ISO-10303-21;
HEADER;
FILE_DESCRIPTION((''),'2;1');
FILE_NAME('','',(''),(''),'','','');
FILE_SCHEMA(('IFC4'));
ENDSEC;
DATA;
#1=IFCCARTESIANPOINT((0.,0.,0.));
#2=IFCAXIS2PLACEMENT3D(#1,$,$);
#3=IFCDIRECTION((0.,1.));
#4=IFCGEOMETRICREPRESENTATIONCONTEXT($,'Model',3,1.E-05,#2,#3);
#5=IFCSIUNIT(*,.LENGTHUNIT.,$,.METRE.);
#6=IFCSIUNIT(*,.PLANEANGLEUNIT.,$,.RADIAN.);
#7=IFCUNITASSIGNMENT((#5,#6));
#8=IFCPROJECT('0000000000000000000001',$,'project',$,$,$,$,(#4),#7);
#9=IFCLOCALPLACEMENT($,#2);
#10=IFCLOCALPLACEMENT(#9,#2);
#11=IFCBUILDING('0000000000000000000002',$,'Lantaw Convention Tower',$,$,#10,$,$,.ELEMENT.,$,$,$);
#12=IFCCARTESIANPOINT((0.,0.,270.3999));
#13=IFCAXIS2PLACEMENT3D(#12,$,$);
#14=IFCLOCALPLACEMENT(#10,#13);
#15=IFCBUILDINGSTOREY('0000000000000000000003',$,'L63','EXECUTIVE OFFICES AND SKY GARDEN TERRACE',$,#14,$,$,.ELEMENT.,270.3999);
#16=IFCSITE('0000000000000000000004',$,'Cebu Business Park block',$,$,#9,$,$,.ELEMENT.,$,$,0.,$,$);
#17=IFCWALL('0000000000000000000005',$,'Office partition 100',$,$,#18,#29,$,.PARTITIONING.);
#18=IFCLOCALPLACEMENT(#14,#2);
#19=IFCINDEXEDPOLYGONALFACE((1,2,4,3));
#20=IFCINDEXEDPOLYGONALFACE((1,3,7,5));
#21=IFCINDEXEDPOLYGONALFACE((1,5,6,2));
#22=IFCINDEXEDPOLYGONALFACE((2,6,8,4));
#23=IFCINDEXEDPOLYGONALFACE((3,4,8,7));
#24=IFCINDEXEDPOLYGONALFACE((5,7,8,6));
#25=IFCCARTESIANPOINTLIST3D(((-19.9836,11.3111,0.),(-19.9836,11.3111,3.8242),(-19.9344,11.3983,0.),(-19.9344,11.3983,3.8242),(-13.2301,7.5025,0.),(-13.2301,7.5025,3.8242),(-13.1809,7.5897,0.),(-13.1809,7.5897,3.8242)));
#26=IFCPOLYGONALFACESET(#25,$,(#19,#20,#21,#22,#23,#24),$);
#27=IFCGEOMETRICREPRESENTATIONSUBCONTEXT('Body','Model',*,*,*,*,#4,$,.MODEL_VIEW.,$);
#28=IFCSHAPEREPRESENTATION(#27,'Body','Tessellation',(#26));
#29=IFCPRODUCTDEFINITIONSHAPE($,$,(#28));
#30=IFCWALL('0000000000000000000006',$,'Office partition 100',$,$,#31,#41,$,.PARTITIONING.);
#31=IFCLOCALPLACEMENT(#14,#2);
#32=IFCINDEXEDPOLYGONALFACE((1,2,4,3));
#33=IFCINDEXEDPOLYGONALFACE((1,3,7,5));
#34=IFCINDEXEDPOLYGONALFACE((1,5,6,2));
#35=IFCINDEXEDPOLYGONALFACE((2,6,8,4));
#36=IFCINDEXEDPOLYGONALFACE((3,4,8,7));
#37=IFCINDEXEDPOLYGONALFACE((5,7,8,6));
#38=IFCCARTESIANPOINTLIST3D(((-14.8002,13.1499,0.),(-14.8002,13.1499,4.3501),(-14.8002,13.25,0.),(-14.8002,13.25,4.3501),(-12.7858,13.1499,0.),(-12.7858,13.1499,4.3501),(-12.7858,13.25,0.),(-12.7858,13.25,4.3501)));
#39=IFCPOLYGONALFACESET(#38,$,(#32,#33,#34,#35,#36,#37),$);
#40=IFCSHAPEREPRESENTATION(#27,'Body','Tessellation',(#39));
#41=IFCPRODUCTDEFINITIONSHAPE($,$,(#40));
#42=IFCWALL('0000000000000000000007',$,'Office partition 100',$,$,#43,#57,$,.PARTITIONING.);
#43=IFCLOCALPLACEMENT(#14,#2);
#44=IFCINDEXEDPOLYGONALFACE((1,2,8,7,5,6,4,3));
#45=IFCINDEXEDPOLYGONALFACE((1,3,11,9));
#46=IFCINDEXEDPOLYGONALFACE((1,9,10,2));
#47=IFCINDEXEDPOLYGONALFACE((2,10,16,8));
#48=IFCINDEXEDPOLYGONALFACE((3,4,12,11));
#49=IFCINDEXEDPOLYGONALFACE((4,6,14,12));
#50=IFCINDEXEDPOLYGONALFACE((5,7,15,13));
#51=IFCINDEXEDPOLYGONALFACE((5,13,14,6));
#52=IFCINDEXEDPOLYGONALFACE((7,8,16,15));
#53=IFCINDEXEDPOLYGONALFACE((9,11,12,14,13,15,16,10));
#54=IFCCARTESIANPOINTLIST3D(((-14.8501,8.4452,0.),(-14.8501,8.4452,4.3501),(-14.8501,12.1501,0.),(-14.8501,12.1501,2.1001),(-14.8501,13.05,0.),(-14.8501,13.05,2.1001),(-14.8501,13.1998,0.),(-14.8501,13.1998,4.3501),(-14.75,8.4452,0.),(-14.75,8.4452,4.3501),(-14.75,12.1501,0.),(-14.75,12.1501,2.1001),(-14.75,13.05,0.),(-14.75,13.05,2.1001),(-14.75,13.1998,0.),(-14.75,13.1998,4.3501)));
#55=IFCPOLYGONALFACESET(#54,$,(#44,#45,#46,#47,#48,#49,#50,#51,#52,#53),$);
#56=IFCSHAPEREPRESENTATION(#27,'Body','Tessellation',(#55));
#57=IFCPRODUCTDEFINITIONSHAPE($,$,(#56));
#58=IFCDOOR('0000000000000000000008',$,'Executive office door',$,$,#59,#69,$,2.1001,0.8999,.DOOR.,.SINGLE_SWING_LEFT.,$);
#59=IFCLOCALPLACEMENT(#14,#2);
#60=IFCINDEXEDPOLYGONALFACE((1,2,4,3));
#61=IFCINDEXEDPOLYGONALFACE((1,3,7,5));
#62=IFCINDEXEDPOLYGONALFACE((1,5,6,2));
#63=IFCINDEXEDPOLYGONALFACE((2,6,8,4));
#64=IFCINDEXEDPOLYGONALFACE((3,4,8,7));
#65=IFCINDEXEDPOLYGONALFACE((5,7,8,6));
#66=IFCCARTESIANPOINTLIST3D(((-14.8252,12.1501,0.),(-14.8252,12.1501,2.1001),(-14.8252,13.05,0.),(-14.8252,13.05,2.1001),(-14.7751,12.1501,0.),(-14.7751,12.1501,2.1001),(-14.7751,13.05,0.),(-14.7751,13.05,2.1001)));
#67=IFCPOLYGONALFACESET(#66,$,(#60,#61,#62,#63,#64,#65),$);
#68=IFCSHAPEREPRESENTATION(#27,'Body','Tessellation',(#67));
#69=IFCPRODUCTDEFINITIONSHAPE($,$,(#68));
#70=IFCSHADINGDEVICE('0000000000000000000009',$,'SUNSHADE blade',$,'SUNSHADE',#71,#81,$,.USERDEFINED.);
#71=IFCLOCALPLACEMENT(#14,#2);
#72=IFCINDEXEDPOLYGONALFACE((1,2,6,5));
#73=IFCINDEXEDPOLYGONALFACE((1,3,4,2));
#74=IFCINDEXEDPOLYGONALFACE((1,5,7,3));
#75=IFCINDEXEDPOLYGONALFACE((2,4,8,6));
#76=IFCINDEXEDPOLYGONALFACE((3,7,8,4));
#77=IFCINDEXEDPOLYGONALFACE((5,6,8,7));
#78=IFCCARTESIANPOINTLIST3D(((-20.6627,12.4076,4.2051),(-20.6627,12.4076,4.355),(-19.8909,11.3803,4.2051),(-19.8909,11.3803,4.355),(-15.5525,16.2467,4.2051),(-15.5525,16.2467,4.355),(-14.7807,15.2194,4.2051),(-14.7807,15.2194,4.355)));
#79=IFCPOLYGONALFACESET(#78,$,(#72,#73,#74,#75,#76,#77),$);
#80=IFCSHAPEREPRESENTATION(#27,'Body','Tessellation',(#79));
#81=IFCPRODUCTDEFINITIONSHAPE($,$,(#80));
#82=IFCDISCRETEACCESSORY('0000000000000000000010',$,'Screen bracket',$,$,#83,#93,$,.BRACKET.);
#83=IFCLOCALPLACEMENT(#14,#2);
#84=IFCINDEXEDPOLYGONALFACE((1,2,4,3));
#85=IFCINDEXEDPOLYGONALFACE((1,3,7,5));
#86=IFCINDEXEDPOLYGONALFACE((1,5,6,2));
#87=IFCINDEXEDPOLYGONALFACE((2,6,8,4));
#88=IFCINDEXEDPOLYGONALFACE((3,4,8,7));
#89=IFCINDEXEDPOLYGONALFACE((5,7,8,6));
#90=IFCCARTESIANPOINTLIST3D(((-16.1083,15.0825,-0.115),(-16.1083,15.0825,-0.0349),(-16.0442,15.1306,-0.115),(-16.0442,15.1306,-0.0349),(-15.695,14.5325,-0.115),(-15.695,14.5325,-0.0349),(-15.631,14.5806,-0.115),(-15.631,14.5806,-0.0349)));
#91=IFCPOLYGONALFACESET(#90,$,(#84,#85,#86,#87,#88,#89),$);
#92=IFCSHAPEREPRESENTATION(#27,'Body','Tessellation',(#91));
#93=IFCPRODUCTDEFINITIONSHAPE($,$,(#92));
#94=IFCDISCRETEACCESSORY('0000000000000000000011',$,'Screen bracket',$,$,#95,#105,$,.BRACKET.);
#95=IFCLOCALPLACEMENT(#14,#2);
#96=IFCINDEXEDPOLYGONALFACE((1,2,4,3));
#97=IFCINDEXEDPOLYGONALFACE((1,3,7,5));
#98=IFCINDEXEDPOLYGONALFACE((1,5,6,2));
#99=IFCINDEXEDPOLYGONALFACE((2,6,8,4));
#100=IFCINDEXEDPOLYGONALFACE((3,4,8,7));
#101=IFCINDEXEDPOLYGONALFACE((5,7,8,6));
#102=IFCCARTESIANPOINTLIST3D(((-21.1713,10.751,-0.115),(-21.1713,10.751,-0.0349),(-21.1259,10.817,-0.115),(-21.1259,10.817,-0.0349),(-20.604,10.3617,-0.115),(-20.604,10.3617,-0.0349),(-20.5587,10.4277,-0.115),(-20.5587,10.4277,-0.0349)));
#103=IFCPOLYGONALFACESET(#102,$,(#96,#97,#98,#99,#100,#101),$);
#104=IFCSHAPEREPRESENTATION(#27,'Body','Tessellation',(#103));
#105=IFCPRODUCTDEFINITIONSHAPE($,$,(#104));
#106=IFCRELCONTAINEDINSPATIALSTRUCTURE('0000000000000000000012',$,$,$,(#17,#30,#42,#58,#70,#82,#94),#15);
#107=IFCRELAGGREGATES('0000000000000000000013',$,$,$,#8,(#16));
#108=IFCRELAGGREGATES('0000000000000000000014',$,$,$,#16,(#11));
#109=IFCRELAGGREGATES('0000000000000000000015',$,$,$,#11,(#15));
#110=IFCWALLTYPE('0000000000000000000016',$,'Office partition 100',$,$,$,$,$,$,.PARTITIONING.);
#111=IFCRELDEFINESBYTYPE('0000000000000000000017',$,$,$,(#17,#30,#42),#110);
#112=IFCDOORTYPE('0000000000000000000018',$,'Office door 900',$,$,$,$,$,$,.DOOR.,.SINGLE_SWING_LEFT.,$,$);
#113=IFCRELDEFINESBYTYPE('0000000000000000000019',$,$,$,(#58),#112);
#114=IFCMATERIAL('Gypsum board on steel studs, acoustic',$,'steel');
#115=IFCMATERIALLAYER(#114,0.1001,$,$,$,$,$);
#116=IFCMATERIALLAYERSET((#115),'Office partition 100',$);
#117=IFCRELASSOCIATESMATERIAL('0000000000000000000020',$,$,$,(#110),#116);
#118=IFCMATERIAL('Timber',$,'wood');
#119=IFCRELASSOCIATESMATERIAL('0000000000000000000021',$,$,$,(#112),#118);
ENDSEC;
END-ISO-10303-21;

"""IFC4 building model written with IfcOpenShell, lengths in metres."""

from ifc_helpers import new_model, si_unit, direction, frame, frame_2d, origin, origin_2d, place, context, subcontext, project, spatial, rectangle, extrude, material, layer, layer_set, type_object, element, fill, save


model = new_model("IFC4")

# Units and contexts
model_context = context("Model", 3, precision=1e-05, world=origin(), true_north=direction((0.0, 1.0)))
body_context = subcontext(model_context, "Body", "Model", "MODEL_VIEW")
ifc_project = project(units=[si_unit("LENGTHUNIT", "METRE"), si_unit("PLANEANGLEUNIT", "RADIAN")], contexts=[model_context])

# Site, building, storey
site_placement = place(None, origin())
site = spatial("IfcSite", under=ifc_project, at=site_placement, Name="Cebu Business Park block", CompositionType="ELEMENT", RefElevation=0.0)
building_placement = place(site_placement, origin())
building = spatial("IfcBuilding", under=site, at=building_placement, Name="Lantaw Convention Tower", CompositionType="ELEMENT")
storey_placement = place(building_placement, frame((0.0, 0.0, 270.3999)))
storey = spatial("IfcBuildingStorey", under=building, at=storey_placement, Name="L63", Description="EXECUTIVE OFFICES AND SKY GARDEN TERRACE", CompositionType="ELEMENT", Elevation=270.3999)

# Walls
ifc_material_1 = material(Name="Gypsum board on steel studs, acoustic", Category="steel")
ifc_layer_1 = layer(ifc_material_1, 0.1001)
ifc_layer_set_1 = layer_set([ifc_layer_1], Name="Office partition 100")
wall_type_1 = type_object("IfcWallType", Name="Office partition 100", PredefinedType="PARTITIONING", material=ifc_layer_set_1)
wall_1_placement = place(storey_placement, frame((-19.959, 11.3547, 0.0), z_axis=(0.0, 0.0, 1.0), x_axis=(0.871035, -0.491221, 0.0)))
element("IfcWall", 1, at=wall_1_placement, inside=storey, type_object=wall_type_1, Name="Office partition 100", PredefinedType="PARTITIONING", context=body_context, shape_type="SweptSolid", body=[
    extrude(rectangle(XDim=7.7534, YDim=0.1001, at=frame_2d((3.8767, 0.0))), origin(), (0.0, 0.0, 1.0), 3.8242),
])
wall_2_placement = place(storey_placement, frame((-12.7856, 13.2, 0.0), z_axis=(0.0, 0.0, 1.0), x_axis=(-1.0, 0.0, 0.0)))
element("IfcWall", 2, at=wall_2_placement, inside=storey, type_object=wall_type_1, Name="Office partition 100", PredefinedType="PARTITIONING", context=body_context, shape_type="SweptSolid", body=[
    extrude(rectangle(XDim=2.0144, YDim=0.1001, at=frame_2d((1.0073, 0.0))), origin(), (0.0, 0.0, 1.0), 4.3501),
])

# Wall, opening, door
wall_3_placement = place(storey_placement, frame((-14.8, 13.2, 0.0), z_axis=(0.0, 0.0, 1.0), x_axis=(0.0, -1.0, 0.0)))
wall_3 = element("IfcWall", 3, at=wall_3_placement, inside=storey, type_object=wall_type_1, Name="Office partition 100", PredefinedType="PARTITIONING", context=body_context, shape_type="SweptSolid", body=[
    extrude(rectangle(XDim=4.7546, YDim=0.1001, at=frame_2d((2.3774, 0.0))), origin(), (0.0, 0.0, 1.0), 4.3501),
])
opening_1_placement = place(wall_3_placement, frame((0.1499, 0.0, 0.0)))
opening_1 = element("IfcOpeningElement", 4, at=opening_1_placement, cuts=wall_3, PredefinedType="OPENING", context=body_context, shape_type="SweptSolid", body=[
    extrude(rectangle(XDim=0.8999, YDim=2.1001, at=frame_2d((0.45, 1.05))), frame((0.0, 0.0601, 0.0), z_axis=(0.0, -1.0, 0.0), x_axis=(1.0, 0.0, 0.0)), (0.0, 0.0, 1.0), 0.1201),
])
ifc_material_2 = material(Name="Timber", Category="wood")
door_type_1 = type_object("IfcDoorType", Name="Office door 900", OperationType="SINGLE_SWING_LEFT", PredefinedType="DOOR", material=ifc_material_2)
door_1_placement = place(opening_1_placement, origin())
door_1 = element("IfcDoor", 5, at=door_1_placement, inside=storey, type_object=door_type_1, Name="Executive office door", OperationType="SINGLE_SWING_LEFT", OverallHeight=2.1001, OverallWidth=0.8999, PredefinedType="DOOR", context=body_context, shape_type="SweptSolid", body=[
    extrude(rectangle(XDim=0.8999, YDim=2.1001, at=frame_2d((0.45, 1.05))), frame((0.0, 0.0249, 0.0), z_axis=(0.0, -1.0, 0.0), x_axis=(1.0, 0.0, 0.0)), (0.0, 0.0, 1.0), 0.05),
])
fill(opening_1, door_1)

# Shading device
shading_device_placement = place(storey_placement, frame((-17.7217, 13.8135, 4.2051), z_axis=(0.0, 0.0, 1.0), x_axis=(-0.799518, -0.600643, 0.0)))
element("IfcShadingDevice", 6, at=shading_device_placement, inside=storey, Name="SUNSHADE blade", ObjectType="SUNSHADE", PredefinedType="USERDEFINED", context=body_context, shape_type="SweptSolid", body=[
    extrude(rectangle(XDim=6.3916, YDim=1.2849, at=origin_2d()), origin(), (0.0, 0.0, 1.0), 0.1499),
])

# Discrete accessories
for number, where, z_axis, x_axis, name in (
    (7, (-15.8696, 14.8315, -0.115), (0.0, 0.0, 1.0), (-0.799518, -0.600643, 0.0), "Screen bracket"),
    (8, (-20.865, 10.5894, -0.115), (0.0, 0.0, 1.0), (-0.565935, -0.82445, 0.0), "Screen bracket"),
):
    element("IfcDiscreteAccessory", number, at=place(storey_placement, frame(where, z_axis=z_axis, x_axis=x_axis)), inside=storey, Name=name, PredefinedType="BRACKET", context=body_context, shape_type="SweptSolid", body=[
        extrude(rectangle(XDim=0.0801, YDim=0.688, at=origin_2d()), origin(), (0.0, 0.0, 1.0), 0.0801),
    ])

save(model, "model.ifc")
